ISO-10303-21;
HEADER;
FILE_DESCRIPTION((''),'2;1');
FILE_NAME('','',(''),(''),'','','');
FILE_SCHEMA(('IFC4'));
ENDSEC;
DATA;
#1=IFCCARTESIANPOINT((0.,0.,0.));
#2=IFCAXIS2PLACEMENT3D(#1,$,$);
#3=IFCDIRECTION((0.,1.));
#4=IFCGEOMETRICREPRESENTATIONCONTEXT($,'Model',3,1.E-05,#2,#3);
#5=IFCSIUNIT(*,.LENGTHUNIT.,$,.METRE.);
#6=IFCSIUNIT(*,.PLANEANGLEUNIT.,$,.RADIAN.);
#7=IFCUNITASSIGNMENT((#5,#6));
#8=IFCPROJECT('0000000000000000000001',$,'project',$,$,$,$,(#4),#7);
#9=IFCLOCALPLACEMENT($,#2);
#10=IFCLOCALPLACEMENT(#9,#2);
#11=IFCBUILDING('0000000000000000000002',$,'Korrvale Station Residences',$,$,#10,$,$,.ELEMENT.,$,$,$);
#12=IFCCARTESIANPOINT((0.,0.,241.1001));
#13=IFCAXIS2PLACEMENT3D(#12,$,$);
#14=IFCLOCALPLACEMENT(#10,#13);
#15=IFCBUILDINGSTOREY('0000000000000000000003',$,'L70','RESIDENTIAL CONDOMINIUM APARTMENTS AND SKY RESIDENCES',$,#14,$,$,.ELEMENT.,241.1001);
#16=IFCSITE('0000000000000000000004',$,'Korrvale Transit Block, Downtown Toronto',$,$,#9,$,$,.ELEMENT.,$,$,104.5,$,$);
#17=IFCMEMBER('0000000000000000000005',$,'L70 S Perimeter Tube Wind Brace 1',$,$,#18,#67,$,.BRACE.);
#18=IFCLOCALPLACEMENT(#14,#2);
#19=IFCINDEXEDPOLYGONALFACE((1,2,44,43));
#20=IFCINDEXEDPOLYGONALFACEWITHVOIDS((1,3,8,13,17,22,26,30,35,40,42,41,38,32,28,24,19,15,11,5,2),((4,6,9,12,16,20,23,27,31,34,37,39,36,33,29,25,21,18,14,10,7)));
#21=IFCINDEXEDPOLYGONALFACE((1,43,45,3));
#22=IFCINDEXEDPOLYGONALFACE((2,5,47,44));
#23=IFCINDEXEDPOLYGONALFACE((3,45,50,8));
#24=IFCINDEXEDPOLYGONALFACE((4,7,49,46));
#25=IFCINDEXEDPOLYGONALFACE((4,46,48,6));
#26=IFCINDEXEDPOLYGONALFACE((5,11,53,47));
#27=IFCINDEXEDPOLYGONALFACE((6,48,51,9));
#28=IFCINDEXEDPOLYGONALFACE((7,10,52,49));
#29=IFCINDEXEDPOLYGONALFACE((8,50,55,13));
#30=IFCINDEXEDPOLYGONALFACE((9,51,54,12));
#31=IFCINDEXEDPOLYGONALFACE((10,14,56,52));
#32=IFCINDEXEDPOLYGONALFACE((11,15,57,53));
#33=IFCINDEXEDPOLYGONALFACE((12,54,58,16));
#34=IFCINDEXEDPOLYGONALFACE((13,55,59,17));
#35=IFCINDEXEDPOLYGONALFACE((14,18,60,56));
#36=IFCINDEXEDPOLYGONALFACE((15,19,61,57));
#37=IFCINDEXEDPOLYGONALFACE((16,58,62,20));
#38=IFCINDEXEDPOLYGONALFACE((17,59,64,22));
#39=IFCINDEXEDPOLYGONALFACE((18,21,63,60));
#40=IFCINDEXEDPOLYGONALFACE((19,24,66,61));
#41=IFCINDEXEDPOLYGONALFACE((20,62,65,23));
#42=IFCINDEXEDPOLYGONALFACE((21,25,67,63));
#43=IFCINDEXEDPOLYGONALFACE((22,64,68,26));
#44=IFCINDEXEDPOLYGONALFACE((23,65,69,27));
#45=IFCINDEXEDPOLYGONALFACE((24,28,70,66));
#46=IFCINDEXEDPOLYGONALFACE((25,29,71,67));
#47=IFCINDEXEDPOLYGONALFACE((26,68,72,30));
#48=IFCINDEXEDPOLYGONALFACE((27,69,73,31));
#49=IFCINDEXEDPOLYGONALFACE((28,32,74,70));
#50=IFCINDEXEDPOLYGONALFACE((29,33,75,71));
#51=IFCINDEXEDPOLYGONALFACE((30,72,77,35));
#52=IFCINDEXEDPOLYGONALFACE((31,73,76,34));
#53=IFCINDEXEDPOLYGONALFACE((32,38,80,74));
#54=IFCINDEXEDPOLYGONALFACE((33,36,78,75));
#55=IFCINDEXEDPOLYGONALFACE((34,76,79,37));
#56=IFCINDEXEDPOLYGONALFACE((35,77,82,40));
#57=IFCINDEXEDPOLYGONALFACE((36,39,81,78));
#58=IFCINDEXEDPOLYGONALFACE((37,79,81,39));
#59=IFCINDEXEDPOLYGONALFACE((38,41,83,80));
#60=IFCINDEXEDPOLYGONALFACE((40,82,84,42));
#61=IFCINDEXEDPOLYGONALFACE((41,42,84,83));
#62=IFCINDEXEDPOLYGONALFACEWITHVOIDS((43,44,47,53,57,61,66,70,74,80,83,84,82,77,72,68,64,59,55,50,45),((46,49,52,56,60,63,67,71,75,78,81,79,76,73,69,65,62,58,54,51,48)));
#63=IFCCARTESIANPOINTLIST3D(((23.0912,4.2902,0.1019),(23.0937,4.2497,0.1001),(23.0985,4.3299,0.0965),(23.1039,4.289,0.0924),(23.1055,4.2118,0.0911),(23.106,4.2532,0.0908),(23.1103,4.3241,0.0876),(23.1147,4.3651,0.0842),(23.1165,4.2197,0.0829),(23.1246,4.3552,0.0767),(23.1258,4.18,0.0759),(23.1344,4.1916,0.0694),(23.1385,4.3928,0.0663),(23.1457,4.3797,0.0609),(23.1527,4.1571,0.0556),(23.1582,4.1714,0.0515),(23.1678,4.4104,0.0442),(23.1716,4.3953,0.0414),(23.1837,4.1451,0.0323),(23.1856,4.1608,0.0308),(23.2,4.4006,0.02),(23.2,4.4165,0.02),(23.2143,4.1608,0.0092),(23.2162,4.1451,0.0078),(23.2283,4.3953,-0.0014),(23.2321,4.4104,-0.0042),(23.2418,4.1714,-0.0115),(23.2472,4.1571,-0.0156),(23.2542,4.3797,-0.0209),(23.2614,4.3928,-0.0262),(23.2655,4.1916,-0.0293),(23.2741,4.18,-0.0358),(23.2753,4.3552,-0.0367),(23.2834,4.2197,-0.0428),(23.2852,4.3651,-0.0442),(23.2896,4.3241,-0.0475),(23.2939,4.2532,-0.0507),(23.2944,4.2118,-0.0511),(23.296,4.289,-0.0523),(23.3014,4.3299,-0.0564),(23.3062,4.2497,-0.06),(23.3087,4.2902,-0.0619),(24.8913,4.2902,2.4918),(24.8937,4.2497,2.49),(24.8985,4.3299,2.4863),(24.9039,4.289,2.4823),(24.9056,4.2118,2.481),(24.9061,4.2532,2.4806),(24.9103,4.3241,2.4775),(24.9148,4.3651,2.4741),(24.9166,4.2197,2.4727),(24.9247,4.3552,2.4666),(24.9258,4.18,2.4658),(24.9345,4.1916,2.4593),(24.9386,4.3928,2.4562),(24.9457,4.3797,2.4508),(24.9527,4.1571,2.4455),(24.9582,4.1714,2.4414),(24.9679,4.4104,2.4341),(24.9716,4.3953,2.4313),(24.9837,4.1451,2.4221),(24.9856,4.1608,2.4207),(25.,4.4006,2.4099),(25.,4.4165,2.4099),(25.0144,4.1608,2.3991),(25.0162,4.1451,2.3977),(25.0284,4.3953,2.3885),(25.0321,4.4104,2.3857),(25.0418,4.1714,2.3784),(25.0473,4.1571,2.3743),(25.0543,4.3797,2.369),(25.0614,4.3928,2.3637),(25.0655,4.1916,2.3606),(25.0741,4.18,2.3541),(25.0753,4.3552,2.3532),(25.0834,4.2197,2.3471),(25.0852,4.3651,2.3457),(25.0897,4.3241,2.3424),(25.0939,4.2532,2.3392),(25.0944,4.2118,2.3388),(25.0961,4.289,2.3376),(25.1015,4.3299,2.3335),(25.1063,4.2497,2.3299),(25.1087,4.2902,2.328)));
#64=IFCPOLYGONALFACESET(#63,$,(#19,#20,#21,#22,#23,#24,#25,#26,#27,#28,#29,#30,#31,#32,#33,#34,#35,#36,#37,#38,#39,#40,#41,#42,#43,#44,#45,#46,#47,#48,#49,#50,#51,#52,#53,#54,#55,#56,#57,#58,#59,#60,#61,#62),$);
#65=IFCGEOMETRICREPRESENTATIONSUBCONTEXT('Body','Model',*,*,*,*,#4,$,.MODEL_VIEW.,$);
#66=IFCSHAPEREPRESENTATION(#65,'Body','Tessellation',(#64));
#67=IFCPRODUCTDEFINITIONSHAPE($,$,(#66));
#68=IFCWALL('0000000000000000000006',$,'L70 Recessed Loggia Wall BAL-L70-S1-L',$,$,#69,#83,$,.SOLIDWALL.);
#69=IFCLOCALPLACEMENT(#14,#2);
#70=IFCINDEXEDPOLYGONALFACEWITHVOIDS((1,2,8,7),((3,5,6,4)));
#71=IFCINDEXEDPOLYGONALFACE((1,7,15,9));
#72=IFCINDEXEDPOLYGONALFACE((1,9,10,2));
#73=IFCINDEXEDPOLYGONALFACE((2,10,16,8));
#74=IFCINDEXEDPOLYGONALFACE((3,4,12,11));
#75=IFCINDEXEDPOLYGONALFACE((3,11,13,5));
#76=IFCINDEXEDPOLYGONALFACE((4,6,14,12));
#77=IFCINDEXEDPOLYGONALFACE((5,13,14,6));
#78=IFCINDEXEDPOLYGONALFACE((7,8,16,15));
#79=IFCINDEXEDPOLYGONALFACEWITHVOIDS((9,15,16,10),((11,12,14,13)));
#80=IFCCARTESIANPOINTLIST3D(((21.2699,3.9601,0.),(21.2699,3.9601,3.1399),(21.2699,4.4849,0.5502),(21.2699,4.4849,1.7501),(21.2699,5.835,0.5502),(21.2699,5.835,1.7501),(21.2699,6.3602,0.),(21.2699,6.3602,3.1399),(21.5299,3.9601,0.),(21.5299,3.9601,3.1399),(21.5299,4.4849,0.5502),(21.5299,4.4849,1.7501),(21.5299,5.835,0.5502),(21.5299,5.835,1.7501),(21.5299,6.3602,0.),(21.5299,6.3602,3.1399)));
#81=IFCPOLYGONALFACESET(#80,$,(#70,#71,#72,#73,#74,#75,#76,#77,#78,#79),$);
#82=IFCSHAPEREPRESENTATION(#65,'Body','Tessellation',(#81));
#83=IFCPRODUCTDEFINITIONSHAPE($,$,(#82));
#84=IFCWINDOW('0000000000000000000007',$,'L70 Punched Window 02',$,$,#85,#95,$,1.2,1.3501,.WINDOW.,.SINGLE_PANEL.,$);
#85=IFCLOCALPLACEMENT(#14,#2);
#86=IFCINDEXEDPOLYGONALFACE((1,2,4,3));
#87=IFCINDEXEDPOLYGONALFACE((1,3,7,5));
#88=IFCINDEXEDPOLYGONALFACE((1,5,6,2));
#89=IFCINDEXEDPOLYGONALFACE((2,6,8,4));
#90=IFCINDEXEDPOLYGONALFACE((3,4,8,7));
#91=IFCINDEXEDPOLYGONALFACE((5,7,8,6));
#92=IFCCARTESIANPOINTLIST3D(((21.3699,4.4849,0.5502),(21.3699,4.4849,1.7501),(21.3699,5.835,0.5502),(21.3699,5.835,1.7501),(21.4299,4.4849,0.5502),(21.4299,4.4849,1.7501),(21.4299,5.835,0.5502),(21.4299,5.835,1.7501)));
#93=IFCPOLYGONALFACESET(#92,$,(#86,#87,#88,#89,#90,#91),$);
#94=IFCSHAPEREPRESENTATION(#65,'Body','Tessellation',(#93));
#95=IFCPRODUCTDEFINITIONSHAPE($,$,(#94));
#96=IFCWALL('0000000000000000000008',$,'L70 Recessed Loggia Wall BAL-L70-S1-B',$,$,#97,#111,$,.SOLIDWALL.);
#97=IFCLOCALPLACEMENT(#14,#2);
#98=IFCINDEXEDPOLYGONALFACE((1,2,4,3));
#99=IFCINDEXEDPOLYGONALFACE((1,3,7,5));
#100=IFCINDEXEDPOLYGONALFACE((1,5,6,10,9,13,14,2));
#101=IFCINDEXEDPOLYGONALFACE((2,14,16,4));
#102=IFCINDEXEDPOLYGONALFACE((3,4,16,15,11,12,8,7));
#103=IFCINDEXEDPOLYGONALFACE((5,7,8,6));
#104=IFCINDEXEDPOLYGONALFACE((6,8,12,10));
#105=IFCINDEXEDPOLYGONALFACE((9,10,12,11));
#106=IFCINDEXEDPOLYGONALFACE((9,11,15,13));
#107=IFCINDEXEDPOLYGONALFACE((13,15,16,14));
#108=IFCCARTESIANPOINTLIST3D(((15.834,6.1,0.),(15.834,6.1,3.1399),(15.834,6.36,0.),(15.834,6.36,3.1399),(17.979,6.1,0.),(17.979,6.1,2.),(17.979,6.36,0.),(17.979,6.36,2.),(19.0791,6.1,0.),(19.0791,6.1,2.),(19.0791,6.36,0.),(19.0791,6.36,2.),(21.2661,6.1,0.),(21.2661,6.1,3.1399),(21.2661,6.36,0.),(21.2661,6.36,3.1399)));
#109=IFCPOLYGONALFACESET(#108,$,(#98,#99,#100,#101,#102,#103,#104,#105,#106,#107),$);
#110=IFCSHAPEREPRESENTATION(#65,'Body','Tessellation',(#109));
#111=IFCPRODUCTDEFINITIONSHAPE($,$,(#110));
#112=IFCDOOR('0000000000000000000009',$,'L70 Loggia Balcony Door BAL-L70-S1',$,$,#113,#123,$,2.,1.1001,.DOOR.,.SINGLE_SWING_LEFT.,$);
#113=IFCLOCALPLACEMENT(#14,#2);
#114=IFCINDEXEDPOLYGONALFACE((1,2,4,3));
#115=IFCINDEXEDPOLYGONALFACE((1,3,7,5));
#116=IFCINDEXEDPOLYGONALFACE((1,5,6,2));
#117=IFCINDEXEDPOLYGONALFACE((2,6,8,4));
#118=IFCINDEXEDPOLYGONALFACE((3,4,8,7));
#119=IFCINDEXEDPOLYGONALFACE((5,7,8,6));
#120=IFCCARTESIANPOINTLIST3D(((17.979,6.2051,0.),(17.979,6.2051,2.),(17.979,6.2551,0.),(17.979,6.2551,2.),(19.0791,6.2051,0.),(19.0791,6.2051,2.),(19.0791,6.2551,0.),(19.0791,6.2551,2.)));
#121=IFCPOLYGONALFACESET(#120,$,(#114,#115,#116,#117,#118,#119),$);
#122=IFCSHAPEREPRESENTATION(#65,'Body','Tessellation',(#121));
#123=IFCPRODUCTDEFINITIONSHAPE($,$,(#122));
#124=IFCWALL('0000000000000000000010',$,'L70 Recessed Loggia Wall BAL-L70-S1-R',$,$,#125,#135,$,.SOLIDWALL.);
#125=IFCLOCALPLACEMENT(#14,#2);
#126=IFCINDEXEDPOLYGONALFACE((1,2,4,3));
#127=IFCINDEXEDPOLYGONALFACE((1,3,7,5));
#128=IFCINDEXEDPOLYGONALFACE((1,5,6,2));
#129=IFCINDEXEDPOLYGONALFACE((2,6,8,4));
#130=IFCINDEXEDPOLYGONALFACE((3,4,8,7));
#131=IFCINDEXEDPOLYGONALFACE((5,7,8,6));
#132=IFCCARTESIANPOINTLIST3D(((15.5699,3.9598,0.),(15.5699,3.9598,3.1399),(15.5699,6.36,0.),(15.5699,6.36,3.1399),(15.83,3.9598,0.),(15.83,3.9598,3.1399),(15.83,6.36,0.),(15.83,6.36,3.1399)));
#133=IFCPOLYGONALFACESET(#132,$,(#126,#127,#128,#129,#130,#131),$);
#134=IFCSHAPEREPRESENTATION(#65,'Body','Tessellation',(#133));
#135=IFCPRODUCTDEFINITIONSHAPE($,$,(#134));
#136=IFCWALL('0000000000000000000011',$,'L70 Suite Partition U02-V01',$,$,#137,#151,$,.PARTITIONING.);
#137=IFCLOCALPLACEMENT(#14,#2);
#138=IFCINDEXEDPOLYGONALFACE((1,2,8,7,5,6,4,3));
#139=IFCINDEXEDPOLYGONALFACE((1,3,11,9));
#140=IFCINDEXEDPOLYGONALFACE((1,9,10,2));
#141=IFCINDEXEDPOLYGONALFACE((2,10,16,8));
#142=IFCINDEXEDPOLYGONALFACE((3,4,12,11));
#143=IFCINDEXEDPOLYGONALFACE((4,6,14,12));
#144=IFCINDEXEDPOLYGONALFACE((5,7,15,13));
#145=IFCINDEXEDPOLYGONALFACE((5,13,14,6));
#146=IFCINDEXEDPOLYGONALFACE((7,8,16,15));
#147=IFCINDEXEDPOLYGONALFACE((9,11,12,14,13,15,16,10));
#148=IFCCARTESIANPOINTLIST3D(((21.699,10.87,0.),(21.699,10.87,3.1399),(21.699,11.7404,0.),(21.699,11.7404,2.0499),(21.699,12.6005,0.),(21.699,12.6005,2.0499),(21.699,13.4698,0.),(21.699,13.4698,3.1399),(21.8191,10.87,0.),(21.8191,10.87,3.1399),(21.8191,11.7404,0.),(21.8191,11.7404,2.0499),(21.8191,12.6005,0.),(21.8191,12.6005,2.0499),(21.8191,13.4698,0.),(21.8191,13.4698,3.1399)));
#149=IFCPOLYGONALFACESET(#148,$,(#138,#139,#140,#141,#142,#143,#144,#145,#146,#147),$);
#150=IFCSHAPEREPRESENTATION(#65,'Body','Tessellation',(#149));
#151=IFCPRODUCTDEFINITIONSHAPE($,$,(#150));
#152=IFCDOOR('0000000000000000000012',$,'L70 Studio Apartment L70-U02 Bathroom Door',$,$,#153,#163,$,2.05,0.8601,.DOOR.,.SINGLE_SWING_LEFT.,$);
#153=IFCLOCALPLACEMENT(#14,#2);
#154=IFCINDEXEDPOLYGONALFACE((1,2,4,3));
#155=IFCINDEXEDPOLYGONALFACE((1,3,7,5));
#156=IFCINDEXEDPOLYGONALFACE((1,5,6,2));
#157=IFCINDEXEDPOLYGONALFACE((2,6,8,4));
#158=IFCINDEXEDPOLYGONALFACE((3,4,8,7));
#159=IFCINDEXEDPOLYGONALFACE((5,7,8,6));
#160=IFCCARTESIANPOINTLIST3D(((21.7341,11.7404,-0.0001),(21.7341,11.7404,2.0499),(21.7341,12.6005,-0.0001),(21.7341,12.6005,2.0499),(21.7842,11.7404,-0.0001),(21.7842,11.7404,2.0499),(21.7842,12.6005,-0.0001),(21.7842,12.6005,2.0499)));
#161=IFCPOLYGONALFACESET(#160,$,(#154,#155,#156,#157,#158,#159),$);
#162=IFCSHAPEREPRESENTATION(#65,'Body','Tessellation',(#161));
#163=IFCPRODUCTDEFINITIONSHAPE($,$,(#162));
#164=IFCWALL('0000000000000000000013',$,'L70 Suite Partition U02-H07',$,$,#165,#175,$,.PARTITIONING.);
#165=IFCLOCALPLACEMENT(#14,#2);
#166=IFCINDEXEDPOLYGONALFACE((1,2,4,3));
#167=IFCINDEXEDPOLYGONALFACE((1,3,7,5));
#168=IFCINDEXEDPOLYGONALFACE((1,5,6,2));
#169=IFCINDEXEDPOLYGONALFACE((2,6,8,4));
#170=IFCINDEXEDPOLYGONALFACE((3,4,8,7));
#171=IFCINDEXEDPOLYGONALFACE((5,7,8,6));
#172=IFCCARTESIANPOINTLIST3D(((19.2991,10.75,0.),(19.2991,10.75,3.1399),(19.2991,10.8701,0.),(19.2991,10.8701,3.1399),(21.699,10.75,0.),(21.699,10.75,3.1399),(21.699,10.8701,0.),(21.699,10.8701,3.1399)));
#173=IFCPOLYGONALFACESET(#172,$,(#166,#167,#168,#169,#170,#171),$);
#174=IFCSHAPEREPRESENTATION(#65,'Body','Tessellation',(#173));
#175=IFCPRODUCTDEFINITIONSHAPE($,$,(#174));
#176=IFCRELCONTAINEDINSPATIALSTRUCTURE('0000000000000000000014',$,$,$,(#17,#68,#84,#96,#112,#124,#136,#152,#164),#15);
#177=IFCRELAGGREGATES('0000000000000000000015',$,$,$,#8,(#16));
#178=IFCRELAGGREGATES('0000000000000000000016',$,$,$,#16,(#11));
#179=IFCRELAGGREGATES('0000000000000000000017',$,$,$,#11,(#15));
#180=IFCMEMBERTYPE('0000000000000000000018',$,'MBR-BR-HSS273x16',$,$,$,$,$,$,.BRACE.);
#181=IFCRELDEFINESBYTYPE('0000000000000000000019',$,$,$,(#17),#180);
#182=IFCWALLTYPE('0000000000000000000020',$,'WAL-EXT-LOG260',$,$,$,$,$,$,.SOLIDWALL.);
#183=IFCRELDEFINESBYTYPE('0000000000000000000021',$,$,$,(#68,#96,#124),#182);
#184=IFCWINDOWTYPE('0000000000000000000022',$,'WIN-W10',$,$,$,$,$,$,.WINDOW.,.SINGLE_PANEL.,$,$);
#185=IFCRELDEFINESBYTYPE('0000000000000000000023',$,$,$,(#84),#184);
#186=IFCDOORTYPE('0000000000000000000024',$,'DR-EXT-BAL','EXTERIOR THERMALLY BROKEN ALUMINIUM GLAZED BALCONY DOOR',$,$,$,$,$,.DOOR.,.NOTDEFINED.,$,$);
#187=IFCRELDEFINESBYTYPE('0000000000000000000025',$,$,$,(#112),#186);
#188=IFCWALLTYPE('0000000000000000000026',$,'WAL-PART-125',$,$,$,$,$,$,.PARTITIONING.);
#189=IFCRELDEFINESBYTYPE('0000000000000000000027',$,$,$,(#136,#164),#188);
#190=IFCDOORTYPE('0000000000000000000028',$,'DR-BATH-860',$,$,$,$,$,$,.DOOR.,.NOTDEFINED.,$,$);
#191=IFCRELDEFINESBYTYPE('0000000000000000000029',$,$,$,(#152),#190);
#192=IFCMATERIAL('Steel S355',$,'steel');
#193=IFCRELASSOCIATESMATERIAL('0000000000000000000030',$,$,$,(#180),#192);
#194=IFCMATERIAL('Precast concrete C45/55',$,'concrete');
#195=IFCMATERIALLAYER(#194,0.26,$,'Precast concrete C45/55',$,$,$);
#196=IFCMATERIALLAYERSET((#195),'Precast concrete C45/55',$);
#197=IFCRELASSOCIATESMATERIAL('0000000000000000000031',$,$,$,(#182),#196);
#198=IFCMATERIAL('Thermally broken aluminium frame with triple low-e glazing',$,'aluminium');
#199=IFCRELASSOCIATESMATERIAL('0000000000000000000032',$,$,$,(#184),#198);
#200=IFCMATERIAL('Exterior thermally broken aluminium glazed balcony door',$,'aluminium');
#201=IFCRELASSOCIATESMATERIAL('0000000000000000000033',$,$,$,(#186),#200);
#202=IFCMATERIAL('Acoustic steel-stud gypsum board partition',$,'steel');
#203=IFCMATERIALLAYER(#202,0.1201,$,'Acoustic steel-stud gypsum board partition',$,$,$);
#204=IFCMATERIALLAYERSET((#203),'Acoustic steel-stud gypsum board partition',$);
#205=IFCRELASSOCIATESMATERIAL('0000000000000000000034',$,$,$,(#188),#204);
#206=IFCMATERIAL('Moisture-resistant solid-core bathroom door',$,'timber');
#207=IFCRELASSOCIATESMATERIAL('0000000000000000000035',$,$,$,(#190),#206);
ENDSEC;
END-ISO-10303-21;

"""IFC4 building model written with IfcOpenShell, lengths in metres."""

from ifc_helpers import new_model, si_unit, direction, frame, frame_2d, origin, origin_2d, place, context, subcontext, project, spatial, rectangle, hollow_circle, extrude, material, layer, layer_set, material_profile, profile_set, type_object, element, fill, save


model = new_model("IFC4")

# Units and contexts
model_context = context("Model", 3, precision=1e-05, world=origin(), true_north=direction((0.0, 1.0)))
body_context = subcontext(model_context, "Body", "Model", "MODEL_VIEW")
ifc_project = project(units=[si_unit("LENGTHUNIT", "METRE"), si_unit("PLANEANGLEUNIT", "RADIAN")], contexts=[model_context])

# Site, building, storey
site_placement = place(None, origin())
site = spatial("IfcSite", under=ifc_project, at=site_placement, Name="Korrvale Transit Block, Downtown Toronto", CompositionType="ELEMENT", RefElevation=104.5)
building_placement = place(site_placement, origin())
building = spatial("IfcBuilding", under=site, at=building_placement, Name="Korrvale Station Residences", CompositionType="ELEMENT")
storey_placement = place(building_placement, frame((0.0, 0.0, 241.1001)))
storey = spatial("IfcBuildingStorey", under=building, at=storey_placement, Name="L70", Description="RESIDENTIAL CONDOMINIUM APARTMENTS AND SKY RESIDENCES", CompositionType="ELEMENT", Elevation=241.1001)

# Shared definitions
ifc_material_1 = material(Name="Steel S355", Category="steel")

# Member
ifc_material_profile_1 = material_profile(ifc_material_1, hollow_circle(Radius=0.1365, WallThickness=0.0159, at=origin_2d()), Name="HSS273x16")
ifc_profile_set_1 = profile_set([ifc_material_profile_1], Name="Steel S355")
member_type = type_object("IfcMemberType", Name="MBR-BR-HSS273x16", PredefinedType="BRACE", material=ifc_profile_set_1)
member_placement = place(storey_placement, frame((23.2, 4.28, 0.02), z_axis=(0.601631, 0.0, 0.798774), x_axis=(0.0, 1.0, 0.0)))
element("IfcMember", 1, at=member_placement, inside=storey, type_object=member_type, Name="L70 S Perimeter Tube Wind Brace 1", PredefinedType="BRACE", context=body_context, shape_type="SweptSolid", body=[
    extrude(hollow_circle(Radius=0.1365, WallThickness=0.0159, at=origin_2d()), origin(), (0.0, 0.0, 1.0), 2.9919),
])

# Wall, opening, window
ifc_material_2 = material(Name="Precast concrete C45/55", Category="concrete")
ifc_layer_1 = layer(ifc_material_2, 0.26, Name="Precast concrete C45/55")
ifc_layer_set_1 = layer_set([ifc_layer_1], Name="Precast concrete C45/55")
wall_type_1 = type_object("IfcWallType", Name="WAL-EXT-LOG260", PredefinedType="SOLIDWALL", material=ifc_layer_set_1)
wall_1_placement = place(storey_placement, frame((21.3999, 3.96, 0.0), z_axis=(0.0, 0.0, 1.0), x_axis=(0.0, 1.0, 0.0)))
wall_1 = element("IfcWall", 2, at=wall_1_placement, inside=storey, type_object=wall_type_1, Name="L70 Recessed Loggia Wall BAL-L70-S1-L", PredefinedType="SOLIDWALL", context=body_context, shape_type="SweptSolid", body=[
    extrude(rectangle(XDim=2.4001, YDim=0.26, at=frame_2d((1.2002, 0.0))), origin(), (0.0, 0.0, 1.0), 3.1399),
])
opening_1_placement = place(wall_1_placement, frame((0.5249, 0.0, 0.55)))
opening_1 = element("IfcOpeningElement", 3, at=opening_1_placement, cuts=wall_1, PredefinedType="OPENING", context=body_context, shape_type="SweptSolid", body=[
    extrude(rectangle(XDim=1.3501, YDim=1.2, at=frame_2d((0.675, 0.6001))), frame((0.0, 0.1401, 0.0), z_axis=(0.0, -1.0, 0.0), x_axis=(1.0, 0.0, 0.0)), (0.0, 0.0, 1.0), 0.28),
])
ifc_material_3 = material(Name="Thermally broken aluminium frame with triple low-e glazing", Category="aluminium")
window_type = type_object("IfcWindowType", Name="WIN-W10", PartitioningType="SINGLE_PANEL", PredefinedType="WINDOW", material=ifc_material_3)
window_placement = place(opening_1_placement, origin())
window = element("IfcWindow", 4, at=window_placement, inside=storey, type_object=window_type, Name="L70 Punched Window 02", OverallHeight=1.2, OverallWidth=1.3501, PartitioningType="SINGLE_PANEL", PredefinedType="WINDOW", context=body_context, shape_type="SweptSolid", body=[
    extrude(rectangle(XDim=1.3501, YDim=1.2, at=frame_2d((0.675, 0.6001))), frame((0.0, 0.03, 0.0), z_axis=(0.0, -1.0, 0.0), x_axis=(1.0, 0.0, 0.0)), (0.0, 0.0, 1.0), 0.0601),
])
fill(opening_1, window)

# Wall, opening, door
wall_2_placement = place(storey_placement, frame((21.2661, 6.23, 0.0), z_axis=(0.0, 0.0, 1.0), x_axis=(-1.0, 0.0, 0.0)))
wall_2 = element("IfcWall", 5, at=wall_2_placement, inside=storey, type_object=wall_type_1, Name="L70 Recessed Loggia Wall BAL-L70-S1-B", PredefinedType="SOLIDWALL", context=body_context, shape_type="SweptSolid", body=[
    extrude(rectangle(XDim=5.4321, YDim=0.26, at=frame_2d((2.7161, 0.0))), origin(), (0.0, 0.0, 1.0), 3.1399),
])
opening_2_placement = place(wall_2_placement, frame((2.187, 0.0, 0.0)))
opening_2 = element("IfcOpeningElement", 6, at=opening_2_placement, cuts=wall_2, PredefinedType="OPENING", context=body_context, shape_type="SweptSolid", body=[
    extrude(rectangle(XDim=1.1001, YDim=2.0, at=frame_2d((0.55, 1.0))), frame((0.0, 0.1401, 0.0), z_axis=(0.0, -1.0, 0.0), x_axis=(1.0, 0.0, 0.0)), (0.0, 0.0, 1.0), 0.28),
])
ifc_material_4 = material(Name="Exterior thermally broken aluminium glazed balcony door", Category="aluminium")
door_type_1 = type_object("IfcDoorType", Name="DR-EXT-BAL", Description="EXTERIOR THERMALLY BROKEN ALUMINIUM GLAZED BALCONY DOOR", OperationType="NOTDEFINED", PredefinedType="DOOR", material=ifc_material_4)
door_1_placement = place(opening_2_placement, origin())
door_1 = element("IfcDoor", 7, at=door_1_placement, inside=storey, type_object=door_type_1, Name="L70 Loggia Balcony Door BAL-L70-S1", OperationType="SINGLE_SWING_LEFT", OverallHeight=2.0, OverallWidth=1.1001, PredefinedType="DOOR", context=body_context, shape_type="SweptSolid", body=[
    extrude(rectangle(XDim=1.1001, YDim=2.0, at=frame_2d((0.55, 1.0))), frame((0.0, 0.0249, 0.0), z_axis=(0.0, -1.0, 0.0), x_axis=(1.0, 0.0, 0.0)), (0.0, 0.0, 1.0), 0.05),
])
fill(opening_2, door_1)

# Wall
wall_3_placement = place(storey_placement, frame((15.7, 6.3601, 0.0), z_axis=(0.0, 0.0, 1.0), x_axis=(0.0, -1.0, 0.0)))
element("IfcWall", 8, at=wall_3_placement, inside=storey, type_object=wall_type_1, Name="L70 Recessed Loggia Wall BAL-L70-S1-R", PredefinedType="SOLIDWALL", context=body_context, shape_type="SweptSolid", body=[
    extrude(rectangle(XDim=2.4001, YDim=0.26, at=frame_2d((1.2002, 0.0))), origin(), (0.0, 0.0, 1.0), 3.1399),
])

# Wall, opening, door
ifc_material_5 = material(Name="Acoustic steel-stud gypsum board partition", Category="steel")
ifc_layer_2 = layer(ifc_material_5, 0.1201, Name="Acoustic steel-stud gypsum board partition")
ifc_layer_set_2 = layer_set([ifc_layer_2], Name="Acoustic steel-stud gypsum board partition")
wall_type_2 = type_object("IfcWallType", Name="WAL-PART-125", PredefinedType="PARTITIONING", material=ifc_layer_set_2)
wall_4_placement = place(storey_placement, frame((21.759, 10.8701, 0.0), z_axis=(0.0, 0.0, 1.0), x_axis=(0.0, 1.0, 0.0)))
wall_4 = element("IfcWall", 9, at=wall_4_placement, inside=storey, type_object=wall_type_2, Name="L70 Suite Partition U02-V01", PredefinedType="PARTITIONING", context=body_context, shape_type="SweptSolid", body=[
    extrude(rectangle(XDim=2.5999, YDim=0.1201, at=frame_2d((1.2998, 0.0))), origin(), (0.0, 0.0, 1.0), 3.1399),
])
opening_3_placement = place(wall_4_placement, frame((0.8701, 0.0, 0.0)))
opening_3 = element("IfcOpeningElement", 10, at=opening_3_placement, cuts=wall_4, PredefinedType="OPENING", context=body_context, shape_type="SweptSolid", body=[
    extrude(rectangle(XDim=0.8601, YDim=2.05, at=frame_2d((0.4302, 1.0249))), frame((0.0, 0.0701, 0.0), z_axis=(0.0, -1.0, 0.0), x_axis=(1.0, 0.0, 0.0)), (0.0, 0.0, 1.0), 0.1401),
])
ifc_material_6 = material(Name="Moisture-resistant solid-core bathroom door", Category="timber")
door_type_2 = type_object("IfcDoorType", Name="DR-BATH-860", OperationType="NOTDEFINED", PredefinedType="DOOR", material=ifc_material_6)
door_2_placement = place(opening_3_placement, origin())
door_2 = element("IfcDoor", 11, at=door_2_placement, inside=storey, type_object=door_type_2, Name="L70 Studio Apartment L70-U02 Bathroom Door", OperationType="SINGLE_SWING_LEFT", OverallHeight=2.05, OverallWidth=0.8601, PredefinedType="DOOR", context=body_context, shape_type="SweptSolid", body=[
    extrude(rectangle(XDim=0.8601, YDim=2.05, at=frame_2d((0.4302, 1.0249))), frame((0.0, 0.0249, 0.0), z_axis=(0.0, -1.0, 0.0), x_axis=(1.0, 0.0, 0.0)), (0.0, 0.0, 1.0), 0.05),
])
fill(opening_3, door_2)

# Wall
wall_5_placement = place(storey_placement, frame((19.2991, 10.8101, 0.0), z_axis=(0.0, 0.0, 1.0), x_axis=(1.0, 0.0, 0.0)))
element("IfcWall", 12, at=wall_5_placement, inside=storey, type_object=wall_type_2, Name="L70 Suite Partition U02-H07", PredefinedType="PARTITIONING", context=body_context, shape_type="SweptSolid", body=[
    extrude(rectangle(XDim=2.3999, YDim=0.1201, at=frame_2d((1.2, 0.0))), origin(), (0.0, 0.0, 1.0), 3.1399),
])

save(model, "model.ifc")
